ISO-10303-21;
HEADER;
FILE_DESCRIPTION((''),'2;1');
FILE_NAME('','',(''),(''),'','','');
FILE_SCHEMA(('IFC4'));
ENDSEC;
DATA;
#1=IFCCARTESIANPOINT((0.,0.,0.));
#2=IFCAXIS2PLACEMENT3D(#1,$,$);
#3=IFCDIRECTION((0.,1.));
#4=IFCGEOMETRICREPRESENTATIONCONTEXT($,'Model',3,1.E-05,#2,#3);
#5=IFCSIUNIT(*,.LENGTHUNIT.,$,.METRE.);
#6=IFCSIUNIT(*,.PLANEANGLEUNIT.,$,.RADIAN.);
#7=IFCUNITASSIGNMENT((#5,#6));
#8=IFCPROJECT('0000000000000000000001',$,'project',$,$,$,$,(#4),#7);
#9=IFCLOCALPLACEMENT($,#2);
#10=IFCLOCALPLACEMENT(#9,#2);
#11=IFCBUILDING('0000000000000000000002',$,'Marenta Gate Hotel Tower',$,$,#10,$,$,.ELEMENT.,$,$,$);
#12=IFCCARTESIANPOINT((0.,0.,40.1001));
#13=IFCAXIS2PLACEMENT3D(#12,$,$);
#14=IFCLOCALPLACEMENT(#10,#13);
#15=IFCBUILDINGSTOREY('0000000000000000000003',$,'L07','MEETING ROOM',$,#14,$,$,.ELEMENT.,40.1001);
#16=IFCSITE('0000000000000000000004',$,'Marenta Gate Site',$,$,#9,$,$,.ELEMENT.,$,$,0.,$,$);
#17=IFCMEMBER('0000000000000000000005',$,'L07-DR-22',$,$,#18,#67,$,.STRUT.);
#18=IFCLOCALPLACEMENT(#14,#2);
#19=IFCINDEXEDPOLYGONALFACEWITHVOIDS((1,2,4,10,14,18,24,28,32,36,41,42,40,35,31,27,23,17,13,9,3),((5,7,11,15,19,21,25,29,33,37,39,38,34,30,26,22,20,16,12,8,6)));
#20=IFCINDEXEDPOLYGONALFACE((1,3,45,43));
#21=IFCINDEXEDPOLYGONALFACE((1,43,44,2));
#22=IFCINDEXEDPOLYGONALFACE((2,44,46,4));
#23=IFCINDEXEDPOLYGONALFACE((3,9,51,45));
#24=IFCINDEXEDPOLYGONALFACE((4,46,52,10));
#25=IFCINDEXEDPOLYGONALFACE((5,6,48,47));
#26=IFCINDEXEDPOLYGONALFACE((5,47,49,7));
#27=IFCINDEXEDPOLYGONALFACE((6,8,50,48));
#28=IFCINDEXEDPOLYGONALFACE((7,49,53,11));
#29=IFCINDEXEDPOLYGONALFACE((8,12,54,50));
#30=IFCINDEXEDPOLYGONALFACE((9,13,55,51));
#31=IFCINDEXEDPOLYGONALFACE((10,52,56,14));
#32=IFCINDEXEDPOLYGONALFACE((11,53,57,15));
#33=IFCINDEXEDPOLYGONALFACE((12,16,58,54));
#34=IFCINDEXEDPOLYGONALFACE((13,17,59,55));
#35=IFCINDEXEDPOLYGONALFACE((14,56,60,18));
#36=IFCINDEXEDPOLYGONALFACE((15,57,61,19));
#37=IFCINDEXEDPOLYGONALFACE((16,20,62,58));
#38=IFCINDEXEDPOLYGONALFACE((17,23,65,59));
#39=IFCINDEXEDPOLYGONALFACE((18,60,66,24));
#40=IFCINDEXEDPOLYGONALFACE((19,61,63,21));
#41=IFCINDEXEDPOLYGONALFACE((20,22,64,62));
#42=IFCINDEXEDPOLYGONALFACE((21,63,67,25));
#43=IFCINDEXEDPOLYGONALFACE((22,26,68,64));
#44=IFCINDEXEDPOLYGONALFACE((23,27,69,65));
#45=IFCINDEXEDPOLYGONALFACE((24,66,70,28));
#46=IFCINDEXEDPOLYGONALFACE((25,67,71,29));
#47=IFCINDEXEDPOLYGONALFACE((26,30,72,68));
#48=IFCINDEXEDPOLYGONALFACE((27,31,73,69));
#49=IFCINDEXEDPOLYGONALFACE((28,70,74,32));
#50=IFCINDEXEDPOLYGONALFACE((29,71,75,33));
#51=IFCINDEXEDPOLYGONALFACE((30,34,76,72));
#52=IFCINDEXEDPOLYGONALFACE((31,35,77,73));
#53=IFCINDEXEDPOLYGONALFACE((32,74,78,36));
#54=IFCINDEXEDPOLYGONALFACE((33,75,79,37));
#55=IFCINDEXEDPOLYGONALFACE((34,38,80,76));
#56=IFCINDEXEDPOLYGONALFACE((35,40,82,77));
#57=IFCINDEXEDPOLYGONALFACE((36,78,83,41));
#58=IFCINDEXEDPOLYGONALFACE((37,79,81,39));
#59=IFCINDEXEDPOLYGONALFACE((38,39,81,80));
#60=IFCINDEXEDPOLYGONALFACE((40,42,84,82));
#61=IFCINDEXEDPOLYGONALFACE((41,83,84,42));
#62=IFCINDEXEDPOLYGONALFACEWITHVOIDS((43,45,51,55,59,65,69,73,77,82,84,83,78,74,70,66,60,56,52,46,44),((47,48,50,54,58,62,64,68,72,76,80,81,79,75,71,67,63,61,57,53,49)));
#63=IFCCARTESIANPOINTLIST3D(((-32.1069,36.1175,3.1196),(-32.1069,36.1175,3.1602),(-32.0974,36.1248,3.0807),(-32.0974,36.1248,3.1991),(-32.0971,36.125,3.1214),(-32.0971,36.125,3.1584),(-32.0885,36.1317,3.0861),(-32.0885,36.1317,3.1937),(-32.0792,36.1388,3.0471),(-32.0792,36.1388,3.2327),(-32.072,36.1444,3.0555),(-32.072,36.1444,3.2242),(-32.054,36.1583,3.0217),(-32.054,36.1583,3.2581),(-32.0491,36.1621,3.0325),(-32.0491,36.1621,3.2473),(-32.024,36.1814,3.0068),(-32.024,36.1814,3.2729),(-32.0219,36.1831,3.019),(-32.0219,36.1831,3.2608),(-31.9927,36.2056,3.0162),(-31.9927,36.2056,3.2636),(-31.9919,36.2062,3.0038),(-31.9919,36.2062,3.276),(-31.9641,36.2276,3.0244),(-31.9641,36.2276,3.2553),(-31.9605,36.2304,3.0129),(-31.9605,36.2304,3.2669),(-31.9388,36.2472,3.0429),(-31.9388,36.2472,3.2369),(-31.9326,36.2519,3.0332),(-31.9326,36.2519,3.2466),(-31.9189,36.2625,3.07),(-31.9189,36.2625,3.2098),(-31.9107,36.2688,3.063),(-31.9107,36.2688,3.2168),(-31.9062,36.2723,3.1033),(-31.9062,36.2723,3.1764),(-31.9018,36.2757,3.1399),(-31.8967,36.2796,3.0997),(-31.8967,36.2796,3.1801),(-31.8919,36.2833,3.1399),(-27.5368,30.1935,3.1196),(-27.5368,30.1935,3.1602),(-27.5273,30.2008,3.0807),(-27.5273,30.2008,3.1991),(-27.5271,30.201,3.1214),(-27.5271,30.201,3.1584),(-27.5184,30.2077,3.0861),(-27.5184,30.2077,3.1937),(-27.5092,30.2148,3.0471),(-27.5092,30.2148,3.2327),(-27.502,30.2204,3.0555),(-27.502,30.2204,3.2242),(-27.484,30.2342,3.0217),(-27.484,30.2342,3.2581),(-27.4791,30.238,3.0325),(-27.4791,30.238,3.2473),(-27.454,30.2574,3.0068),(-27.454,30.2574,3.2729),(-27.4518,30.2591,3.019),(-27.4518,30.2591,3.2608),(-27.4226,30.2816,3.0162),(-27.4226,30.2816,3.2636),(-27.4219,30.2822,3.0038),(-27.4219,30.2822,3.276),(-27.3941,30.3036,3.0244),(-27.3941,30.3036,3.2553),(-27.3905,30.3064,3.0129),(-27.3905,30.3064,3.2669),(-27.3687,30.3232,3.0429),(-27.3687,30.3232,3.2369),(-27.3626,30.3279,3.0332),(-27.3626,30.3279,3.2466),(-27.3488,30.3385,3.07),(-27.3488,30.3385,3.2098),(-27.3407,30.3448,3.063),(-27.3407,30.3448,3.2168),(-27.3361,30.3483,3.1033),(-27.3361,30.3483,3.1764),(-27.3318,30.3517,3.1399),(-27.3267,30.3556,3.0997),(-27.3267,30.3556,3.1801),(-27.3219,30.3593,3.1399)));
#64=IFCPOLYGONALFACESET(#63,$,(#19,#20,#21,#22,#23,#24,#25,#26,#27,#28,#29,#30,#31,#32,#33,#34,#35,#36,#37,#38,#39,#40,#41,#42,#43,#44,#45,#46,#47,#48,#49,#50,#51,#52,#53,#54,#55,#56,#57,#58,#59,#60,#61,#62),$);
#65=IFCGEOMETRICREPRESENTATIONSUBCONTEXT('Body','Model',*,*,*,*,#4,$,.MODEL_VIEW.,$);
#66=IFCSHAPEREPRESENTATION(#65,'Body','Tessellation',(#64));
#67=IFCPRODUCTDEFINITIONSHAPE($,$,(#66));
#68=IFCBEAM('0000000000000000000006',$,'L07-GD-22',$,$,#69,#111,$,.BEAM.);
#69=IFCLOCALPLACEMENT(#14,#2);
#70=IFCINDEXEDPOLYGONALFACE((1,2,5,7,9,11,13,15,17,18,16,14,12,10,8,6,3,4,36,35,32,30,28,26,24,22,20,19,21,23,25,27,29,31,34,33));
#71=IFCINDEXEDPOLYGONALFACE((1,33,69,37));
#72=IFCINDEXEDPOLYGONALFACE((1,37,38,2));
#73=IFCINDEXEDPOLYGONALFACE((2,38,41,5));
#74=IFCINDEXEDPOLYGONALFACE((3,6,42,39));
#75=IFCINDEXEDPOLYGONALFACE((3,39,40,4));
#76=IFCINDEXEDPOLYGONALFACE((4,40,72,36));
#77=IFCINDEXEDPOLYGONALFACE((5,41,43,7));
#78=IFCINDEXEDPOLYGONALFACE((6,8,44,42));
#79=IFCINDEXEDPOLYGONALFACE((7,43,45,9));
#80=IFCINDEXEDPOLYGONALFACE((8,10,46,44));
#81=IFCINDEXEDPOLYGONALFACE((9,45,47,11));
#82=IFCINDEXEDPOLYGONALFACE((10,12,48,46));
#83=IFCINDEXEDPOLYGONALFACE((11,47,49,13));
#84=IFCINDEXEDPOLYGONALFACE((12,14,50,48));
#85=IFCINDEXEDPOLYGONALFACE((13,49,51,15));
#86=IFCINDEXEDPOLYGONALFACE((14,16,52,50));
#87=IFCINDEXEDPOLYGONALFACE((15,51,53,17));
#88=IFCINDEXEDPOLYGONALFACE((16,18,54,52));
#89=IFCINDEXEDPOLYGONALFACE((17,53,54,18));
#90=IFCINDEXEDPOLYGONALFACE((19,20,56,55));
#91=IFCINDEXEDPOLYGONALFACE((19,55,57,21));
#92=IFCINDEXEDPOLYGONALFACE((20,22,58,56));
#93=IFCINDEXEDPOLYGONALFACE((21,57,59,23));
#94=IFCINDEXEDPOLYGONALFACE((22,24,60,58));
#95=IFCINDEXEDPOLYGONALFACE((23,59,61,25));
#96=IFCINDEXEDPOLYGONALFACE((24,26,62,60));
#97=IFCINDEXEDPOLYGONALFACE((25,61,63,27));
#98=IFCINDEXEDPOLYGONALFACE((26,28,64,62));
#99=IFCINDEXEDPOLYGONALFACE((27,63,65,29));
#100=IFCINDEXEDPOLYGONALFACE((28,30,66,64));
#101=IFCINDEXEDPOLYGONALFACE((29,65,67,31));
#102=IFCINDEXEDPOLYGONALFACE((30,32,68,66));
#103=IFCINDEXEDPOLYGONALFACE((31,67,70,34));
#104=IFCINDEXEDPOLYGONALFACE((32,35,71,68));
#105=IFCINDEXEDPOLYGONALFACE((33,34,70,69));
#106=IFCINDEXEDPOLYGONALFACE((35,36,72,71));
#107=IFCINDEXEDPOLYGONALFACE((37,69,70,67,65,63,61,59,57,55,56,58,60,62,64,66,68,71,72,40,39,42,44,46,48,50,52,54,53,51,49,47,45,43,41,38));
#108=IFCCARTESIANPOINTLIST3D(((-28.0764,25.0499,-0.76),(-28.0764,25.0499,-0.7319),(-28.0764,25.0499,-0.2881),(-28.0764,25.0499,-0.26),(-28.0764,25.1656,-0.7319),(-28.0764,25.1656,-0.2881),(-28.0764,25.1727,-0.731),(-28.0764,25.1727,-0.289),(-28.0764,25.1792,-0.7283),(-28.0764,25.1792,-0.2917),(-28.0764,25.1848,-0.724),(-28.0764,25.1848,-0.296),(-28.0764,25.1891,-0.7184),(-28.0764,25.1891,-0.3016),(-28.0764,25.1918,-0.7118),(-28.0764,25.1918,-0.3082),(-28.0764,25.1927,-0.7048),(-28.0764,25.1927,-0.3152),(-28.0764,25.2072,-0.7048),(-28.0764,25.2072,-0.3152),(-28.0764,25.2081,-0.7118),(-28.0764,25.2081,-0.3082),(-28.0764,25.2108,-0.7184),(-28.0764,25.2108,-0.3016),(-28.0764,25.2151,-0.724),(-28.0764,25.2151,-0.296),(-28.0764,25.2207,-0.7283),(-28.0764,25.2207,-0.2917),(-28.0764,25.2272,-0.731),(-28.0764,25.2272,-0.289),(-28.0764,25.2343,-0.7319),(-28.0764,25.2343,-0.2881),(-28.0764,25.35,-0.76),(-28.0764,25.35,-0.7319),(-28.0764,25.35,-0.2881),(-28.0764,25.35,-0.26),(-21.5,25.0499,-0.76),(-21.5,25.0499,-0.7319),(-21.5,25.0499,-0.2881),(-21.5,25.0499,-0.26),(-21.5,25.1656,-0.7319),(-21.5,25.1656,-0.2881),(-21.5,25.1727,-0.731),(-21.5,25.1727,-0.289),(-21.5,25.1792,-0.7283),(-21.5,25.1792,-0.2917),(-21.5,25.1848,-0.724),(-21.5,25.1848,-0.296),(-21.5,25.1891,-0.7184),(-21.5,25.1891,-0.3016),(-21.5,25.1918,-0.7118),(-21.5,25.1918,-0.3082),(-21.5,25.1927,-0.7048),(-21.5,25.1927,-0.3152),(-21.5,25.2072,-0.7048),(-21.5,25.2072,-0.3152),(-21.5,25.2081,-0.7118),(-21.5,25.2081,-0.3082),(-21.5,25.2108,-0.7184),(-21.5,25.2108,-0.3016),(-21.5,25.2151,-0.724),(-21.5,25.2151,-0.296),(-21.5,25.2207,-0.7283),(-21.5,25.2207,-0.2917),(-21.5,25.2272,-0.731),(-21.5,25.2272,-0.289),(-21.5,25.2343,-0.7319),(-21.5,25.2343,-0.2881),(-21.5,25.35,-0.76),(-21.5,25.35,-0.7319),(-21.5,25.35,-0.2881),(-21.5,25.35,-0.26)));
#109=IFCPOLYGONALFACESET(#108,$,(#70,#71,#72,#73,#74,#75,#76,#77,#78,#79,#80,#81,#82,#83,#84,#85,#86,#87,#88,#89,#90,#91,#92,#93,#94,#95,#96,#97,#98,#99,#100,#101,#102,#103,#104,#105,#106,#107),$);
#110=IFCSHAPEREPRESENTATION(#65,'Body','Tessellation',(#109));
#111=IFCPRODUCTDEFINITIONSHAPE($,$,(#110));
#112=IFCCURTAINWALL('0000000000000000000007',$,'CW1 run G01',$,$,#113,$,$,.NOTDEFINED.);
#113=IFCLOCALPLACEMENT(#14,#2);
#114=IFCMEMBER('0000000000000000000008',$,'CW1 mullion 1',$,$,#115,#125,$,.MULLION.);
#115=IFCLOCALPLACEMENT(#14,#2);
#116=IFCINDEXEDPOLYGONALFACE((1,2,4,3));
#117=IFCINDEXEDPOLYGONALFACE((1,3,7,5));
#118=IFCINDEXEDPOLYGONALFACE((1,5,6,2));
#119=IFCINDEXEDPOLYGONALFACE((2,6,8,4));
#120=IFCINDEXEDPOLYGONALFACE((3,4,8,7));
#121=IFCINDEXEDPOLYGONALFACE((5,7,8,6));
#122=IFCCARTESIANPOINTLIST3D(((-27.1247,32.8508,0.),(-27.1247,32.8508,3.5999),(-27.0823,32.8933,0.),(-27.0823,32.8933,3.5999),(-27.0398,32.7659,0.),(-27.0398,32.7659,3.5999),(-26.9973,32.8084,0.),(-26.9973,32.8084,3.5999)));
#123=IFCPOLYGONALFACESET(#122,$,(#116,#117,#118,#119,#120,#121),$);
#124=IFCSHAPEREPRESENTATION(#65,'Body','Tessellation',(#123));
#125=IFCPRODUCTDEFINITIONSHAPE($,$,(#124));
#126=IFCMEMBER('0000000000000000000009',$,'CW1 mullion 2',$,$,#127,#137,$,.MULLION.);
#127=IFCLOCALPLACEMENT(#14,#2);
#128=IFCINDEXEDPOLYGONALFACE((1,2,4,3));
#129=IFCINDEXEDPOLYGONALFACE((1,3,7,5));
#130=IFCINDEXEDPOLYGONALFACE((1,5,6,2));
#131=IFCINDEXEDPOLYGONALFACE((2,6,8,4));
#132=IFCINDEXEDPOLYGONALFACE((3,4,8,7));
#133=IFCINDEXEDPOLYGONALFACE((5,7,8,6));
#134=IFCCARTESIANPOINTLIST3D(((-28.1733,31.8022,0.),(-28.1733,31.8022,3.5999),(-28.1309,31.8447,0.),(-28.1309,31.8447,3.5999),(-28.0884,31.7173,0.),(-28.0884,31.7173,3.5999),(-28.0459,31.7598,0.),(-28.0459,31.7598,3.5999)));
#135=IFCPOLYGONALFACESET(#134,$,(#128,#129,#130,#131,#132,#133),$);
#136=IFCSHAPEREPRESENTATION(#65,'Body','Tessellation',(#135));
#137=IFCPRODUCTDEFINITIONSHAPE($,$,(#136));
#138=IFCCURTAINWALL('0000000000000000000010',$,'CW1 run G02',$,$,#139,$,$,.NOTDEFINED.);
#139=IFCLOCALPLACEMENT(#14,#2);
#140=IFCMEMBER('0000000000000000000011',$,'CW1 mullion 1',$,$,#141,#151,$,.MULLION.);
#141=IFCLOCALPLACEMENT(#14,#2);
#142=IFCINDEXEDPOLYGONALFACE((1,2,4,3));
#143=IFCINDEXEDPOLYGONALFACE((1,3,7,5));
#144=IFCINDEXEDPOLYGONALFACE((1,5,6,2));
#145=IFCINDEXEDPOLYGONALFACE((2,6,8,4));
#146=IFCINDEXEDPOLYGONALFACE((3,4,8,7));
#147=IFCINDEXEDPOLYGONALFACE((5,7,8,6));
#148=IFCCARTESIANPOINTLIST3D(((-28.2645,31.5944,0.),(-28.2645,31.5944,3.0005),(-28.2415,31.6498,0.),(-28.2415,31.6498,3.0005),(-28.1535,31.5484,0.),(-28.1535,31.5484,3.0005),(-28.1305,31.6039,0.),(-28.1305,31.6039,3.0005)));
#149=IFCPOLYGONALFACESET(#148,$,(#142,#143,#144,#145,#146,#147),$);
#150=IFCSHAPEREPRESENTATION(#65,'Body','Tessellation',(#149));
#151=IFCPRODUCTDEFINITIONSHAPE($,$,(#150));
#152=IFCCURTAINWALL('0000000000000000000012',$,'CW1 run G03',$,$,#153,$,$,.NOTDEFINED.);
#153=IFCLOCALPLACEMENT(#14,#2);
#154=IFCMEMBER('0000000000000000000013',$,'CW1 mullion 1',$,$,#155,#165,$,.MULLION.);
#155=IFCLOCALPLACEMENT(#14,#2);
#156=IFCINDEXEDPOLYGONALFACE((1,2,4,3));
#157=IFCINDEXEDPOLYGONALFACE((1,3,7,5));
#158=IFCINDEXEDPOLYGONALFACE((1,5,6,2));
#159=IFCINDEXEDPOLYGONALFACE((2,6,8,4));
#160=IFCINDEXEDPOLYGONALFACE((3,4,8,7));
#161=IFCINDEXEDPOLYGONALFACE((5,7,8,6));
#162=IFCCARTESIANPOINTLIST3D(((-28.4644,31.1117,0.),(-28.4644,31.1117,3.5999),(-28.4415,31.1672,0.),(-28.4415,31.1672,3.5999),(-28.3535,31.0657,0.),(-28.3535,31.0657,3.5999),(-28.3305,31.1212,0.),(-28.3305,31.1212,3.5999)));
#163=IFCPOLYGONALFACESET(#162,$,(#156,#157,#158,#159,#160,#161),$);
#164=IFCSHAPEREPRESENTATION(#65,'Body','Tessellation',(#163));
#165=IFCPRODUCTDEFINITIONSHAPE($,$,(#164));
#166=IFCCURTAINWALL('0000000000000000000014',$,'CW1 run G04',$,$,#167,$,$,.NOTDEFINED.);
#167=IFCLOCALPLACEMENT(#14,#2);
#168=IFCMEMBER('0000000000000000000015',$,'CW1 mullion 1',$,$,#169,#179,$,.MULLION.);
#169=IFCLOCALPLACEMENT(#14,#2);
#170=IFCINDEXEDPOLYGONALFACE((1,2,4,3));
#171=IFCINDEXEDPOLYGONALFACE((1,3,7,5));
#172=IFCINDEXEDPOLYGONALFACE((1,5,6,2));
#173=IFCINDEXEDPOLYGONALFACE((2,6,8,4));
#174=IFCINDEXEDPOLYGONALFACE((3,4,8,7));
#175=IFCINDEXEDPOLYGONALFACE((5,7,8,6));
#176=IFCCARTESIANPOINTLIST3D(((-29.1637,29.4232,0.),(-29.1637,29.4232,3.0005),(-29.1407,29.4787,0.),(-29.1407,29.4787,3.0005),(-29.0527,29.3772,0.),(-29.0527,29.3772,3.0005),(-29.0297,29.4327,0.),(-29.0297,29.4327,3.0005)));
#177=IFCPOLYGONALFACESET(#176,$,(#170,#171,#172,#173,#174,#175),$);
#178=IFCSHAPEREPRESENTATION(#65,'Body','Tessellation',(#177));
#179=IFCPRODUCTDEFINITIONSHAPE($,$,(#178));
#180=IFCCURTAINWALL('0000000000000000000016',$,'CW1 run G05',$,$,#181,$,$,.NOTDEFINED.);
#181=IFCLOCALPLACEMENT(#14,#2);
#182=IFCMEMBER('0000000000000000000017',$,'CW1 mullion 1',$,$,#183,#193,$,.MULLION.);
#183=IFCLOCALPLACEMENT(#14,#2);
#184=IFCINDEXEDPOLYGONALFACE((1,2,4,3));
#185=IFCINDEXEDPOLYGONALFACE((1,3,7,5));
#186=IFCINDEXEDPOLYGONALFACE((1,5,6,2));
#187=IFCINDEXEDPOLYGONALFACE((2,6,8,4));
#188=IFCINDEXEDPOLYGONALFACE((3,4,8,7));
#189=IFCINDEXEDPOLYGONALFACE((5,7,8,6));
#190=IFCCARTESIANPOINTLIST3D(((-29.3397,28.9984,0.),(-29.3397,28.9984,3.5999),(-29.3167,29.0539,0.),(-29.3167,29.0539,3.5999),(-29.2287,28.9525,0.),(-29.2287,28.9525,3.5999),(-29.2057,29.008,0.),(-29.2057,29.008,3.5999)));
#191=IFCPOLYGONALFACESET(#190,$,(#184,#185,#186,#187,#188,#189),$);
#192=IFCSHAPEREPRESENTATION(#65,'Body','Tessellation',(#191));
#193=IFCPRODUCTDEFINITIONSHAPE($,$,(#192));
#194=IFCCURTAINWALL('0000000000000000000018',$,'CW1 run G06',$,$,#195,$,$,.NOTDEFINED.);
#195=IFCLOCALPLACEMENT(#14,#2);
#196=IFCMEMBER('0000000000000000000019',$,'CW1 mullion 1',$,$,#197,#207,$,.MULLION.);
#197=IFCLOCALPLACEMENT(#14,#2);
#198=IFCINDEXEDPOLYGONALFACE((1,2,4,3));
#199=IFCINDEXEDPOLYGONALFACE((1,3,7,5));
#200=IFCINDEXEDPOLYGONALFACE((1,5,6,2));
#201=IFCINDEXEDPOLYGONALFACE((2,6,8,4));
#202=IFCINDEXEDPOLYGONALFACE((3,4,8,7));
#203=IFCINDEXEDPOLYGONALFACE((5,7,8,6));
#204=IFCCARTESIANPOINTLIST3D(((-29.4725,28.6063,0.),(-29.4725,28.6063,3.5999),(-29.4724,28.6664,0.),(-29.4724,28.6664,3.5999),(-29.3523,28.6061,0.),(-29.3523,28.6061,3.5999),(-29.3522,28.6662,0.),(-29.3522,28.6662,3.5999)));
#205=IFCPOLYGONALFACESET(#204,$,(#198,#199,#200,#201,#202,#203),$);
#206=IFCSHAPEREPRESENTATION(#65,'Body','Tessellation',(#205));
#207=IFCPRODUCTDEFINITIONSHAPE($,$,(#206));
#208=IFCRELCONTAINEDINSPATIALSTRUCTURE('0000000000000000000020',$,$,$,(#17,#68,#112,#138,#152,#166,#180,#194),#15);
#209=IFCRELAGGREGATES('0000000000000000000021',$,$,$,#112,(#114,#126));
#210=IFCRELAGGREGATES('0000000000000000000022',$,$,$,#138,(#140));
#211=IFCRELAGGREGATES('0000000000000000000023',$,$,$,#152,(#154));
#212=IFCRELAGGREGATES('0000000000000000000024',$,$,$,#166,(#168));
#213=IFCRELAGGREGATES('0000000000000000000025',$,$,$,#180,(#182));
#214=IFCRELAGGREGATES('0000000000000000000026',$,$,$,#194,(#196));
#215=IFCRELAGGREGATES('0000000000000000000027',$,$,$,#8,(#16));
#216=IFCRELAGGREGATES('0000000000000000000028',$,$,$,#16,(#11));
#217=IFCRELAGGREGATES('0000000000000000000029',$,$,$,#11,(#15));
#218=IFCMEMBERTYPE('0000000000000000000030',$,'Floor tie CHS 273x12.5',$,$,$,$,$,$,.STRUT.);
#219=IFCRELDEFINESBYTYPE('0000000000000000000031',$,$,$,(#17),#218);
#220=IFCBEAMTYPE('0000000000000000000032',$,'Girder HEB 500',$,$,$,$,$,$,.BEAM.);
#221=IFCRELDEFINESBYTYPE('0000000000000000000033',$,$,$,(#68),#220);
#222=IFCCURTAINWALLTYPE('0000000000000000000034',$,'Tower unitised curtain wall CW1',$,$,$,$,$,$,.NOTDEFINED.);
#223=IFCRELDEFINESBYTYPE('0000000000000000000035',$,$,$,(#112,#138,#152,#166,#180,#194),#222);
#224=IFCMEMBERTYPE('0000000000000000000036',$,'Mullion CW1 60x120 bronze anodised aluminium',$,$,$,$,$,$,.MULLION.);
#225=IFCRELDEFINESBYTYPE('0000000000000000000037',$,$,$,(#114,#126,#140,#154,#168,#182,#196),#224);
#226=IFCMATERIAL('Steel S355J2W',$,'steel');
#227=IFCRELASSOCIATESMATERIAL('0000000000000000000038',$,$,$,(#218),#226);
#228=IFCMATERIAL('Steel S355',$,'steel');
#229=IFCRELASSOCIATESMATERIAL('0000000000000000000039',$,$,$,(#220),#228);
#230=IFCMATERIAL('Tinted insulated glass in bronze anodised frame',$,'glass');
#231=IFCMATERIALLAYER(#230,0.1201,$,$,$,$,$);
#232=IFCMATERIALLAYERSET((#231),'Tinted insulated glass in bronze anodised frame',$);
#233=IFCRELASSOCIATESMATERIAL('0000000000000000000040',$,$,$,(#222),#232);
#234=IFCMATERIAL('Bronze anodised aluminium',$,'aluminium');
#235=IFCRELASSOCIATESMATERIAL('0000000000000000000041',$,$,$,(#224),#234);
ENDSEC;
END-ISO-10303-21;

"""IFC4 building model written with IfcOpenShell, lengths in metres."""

from ifc_helpers import new_model, si_unit, direction, frame, origin, origin_2d, place, context, subcontext, project, spatial, rectangle, hollow_circle, i_section, extrude, material, layer, layer_set, material_profile, profile_set, type_object, element, aggregate, save


model = new_model("IFC4")

# Units and contexts
model_context = context("Model", 3, precision=1e-05, world=origin(), true_north=direction((0.0, 1.0)))
body_context = subcontext(model_context, "Body", "Model", "MODEL_VIEW")
ifc_project = project(units=[si_unit("LENGTHUNIT", "METRE"), si_unit("PLANEANGLEUNIT", "RADIAN")], contexts=[model_context])

# Site, building, storey
site_placement = place(None, origin())
site = spatial("IfcSite", under=ifc_project, at=site_placement, Name="Marenta Gate Site", CompositionType="ELEMENT", RefElevation=0.0)
building_placement = place(site_placement, origin())
building = spatial("IfcBuilding", under=site, at=building_placement, Name="Marenta Gate Hotel Tower", CompositionType="ELEMENT")
storey_placement = place(building_placement, frame((0.0, 0.0, 40.1001)))
storey = spatial("IfcBuildingStorey", under=building, at=storey_placement, Name="L07", Description="MEETING ROOM", CompositionType="ELEMENT", Elevation=40.1001)

# Member
ifc_material_1 = material(Name="Steel S355J2W", Category="steel")
ifc_material_profile_1 = material_profile(ifc_material_1, hollow_circle(Radius=0.1365, WallThickness=0.0125, at=origin_2d()), Name="CHS 273x12.5")
ifc_profile_set_1 = profile_set([ifc_material_profile_1], Name="Steel S355J2W")
member_type_1 = type_object("IfcMemberType", Name="Floor tie CHS 273x12.5", PredefinedType="STRUT", material=ifc_profile_set_1)
member_1_placement = place(storey_placement, frame((-32.0, 36.2, 3.1399), z_axis=(0.610809, -0.791778, 0.0), x_axis=(0.791778, 0.610809, 0.0)))
element("IfcMember", 1, at=member_1_placement, inside=storey, type_object=member_type_1, Name="L07-DR-22", PredefinedType="STRUT", context=body_context, shape_type="SweptSolid", body=[
    extrude(hollow_circle(Radius=0.1365, WallThickness=0.0125, at=origin_2d()), origin(), (0.0, 0.0, 1.0), 7.4819),
])

# Beam
ifc_material_2 = material(Name="Steel S355", Category="steel")
ifc_material_profile_2 = material_profile(ifc_material_2, i_section(OverallWidth=0.3, OverallDepth=0.5, WebThickness=0.0144, FlangeThickness=0.0281, FilletRadius=0.0271, at=origin_2d()), Name="HEB 500")
ifc_profile_set_2 = profile_set([ifc_material_profile_2], Name="Steel S355")
beam_type_1 = type_object("IfcBeamType", Name="Girder HEB 500", PredefinedType="BEAM", material=ifc_profile_set_2)
beam_1_placement = place(storey_placement, frame((-28.0764, 25.2, -0.51), z_axis=(1.0, 0.0, 0.0), x_axis=(0.0, 1.0, 0.0)))
element("IfcBeam", 2, at=beam_1_placement, inside=storey, type_object=beam_type_1, Name="L07-GD-22", PredefinedType="BEAM", context=body_context, shape_type="SweptSolid", body=[
    extrude(i_section(OverallWidth=0.3, OverallDepth=0.5, WebThickness=0.0144, FlangeThickness=0.0281, FilletRadius=0.0271, at=origin_2d()), origin(), (0.0, 0.0, 1.0), 6.5764),
])

# Curtain wall, members
ifc_material_3 = material(Name="Tinted insulated glass in bronze anodised frame", Category="glass")
ifc_layer_1 = layer(ifc_material_3, 0.1201)
ifc_layer_set_1 = layer_set([ifc_layer_1], Name="Tinted insulated glass in bronze anodised frame")
curtain_wall_type = type_object("IfcCurtainWallType", Name="Tower unitised curtain wall CW1", PredefinedType="NOTDEFINED", material=ifc_layer_set_1)
curtain_wall_1_placement = place(storey_placement, origin())
curtain_wall_1 = element("IfcCurtainWall", 3, at=curtain_wall_1_placement, inside=storey, type_object=curtain_wall_type, Name="CW1 run G01", PredefinedType="NOTDEFINED")
ifc_material_4 = material(Name="Bronze anodised aluminium", Category="aluminium")
ifc_material_profile_3 = material_profile(ifc_material_4, rectangle(XDim=0.1201, YDim=0.0601, at=origin_2d()), Name="Mullion CW1 60x120 bronze anodised aluminium")
ifc_profile_set_3 = profile_set([ifc_material_profile_3], Name="Bronze anodised aluminium")
member_type_2 = type_object("IfcMemberType", Name="Mullion CW1 60x120 bronze anodised aluminium", PredefinedType="MULLION", material=ifc_profile_set_3)
member_2_placement = place(storey_placement, frame((-27.061, 32.8296, 0.0), z_axis=(0.0, 0.0, 1.0), x_axis=(0.707107, -0.707107, 0.0)))
member_2 = element("IfcMember", 4, at=member_2_placement, type_object=member_type_2, Name="CW1 mullion 1", PredefinedType="MULLION", context=body_context, shape_type="SweptSolid", body=[
    extrude(rectangle(XDim=0.1201, YDim=0.0601, at=origin_2d()), origin(), (0.0, 0.0, 1.0), 3.5999),
])
member_3_placement = place(storey_placement, frame((-28.1096, 31.781, 0.0), z_axis=(0.0, 0.0, 1.0), x_axis=(0.707107, -0.707107, 0.0)))
member_3 = element("IfcMember", 5, at=member_3_placement, type_object=member_type_2, Name="CW1 mullion 2", PredefinedType="MULLION", context=body_context, shape_type="SweptSolid", body=[
    extrude(rectangle(XDim=0.1201, YDim=0.0601, at=origin_2d()), origin(), (0.0, 0.0, 1.0), 3.5999),
])

# Curtain walls, members
curtain_wall_2_placement = place(storey_placement, origin())
curtain_wall_2 = element("IfcCurtainWall", 6, at=curtain_wall_2_placement, inside=storey, type_object=curtain_wall_type, Name="CW1 run G02", PredefinedType="NOTDEFINED")
member_4_placement = place(storey_placement, frame((-28.1975, 31.5991, 0.0), z_axis=(0.0, 0.0, 1.0), x_axis=(0.923879, -0.382684, 0.0)))
member_4 = element("IfcMember", 7, at=member_4_placement, type_object=member_type_2, Name="CW1 mullion 1", PredefinedType="MULLION", context=body_context, shape_type="SweptSolid", body=[
    extrude(rectangle(XDim=0.1201, YDim=0.0601, at=origin_2d()), origin(), (0.0, 0.0, 1.0), 3.0005),
])
curtain_wall_3_placement = place(storey_placement, origin())
curtain_wall_3 = element("IfcCurtainWall", 8, at=curtain_wall_3_placement, inside=storey, type_object=curtain_wall_type, Name="CW1 run G03", PredefinedType="NOTDEFINED")
member_5_placement = place(storey_placement, frame((-28.3975, 31.1165, 0.0), z_axis=(0.0, 0.0, 1.0), x_axis=(0.923879, -0.382684, 0.0)))
member_5 = element("IfcMember", 9, at=member_5_placement, type_object=member_type_2, Name="CW1 mullion 1", PredefinedType="MULLION", context=body_context, shape_type="SweptSolid", body=[
    extrude(rectangle(XDim=0.1201, YDim=0.0601, at=origin_2d()), origin(), (0.0, 0.0, 1.0), 3.5999),
])
curtain_wall_4_placement = place(storey_placement, origin())
curtain_wall_4 = element("IfcCurtainWall", 10, at=curtain_wall_4_placement, inside=storey, type_object=curtain_wall_type, Name="CW1 run G04", PredefinedType="NOTDEFINED")
member_6_placement = place(storey_placement, frame((-29.0967, 29.428, 0.0), z_axis=(0.0, 0.0, 1.0), x_axis=(0.923815, -0.382838, 0.0)))
member_6 = element("IfcMember", 11, at=member_6_placement, type_object=member_type_2, Name="CW1 mullion 1", PredefinedType="MULLION", context=body_context, shape_type="SweptSolid", body=[
    extrude(rectangle(XDim=0.1201, YDim=0.0601, at=origin_2d()), origin(), (0.0, 0.0, 1.0), 3.0005),
])
curtain_wall_5_placement = place(storey_placement, origin())
curtain_wall_5 = element("IfcCurtainWall", 12, at=curtain_wall_5_placement, inside=storey, type_object=curtain_wall_type, Name="CW1 run G05", PredefinedType="NOTDEFINED")
member_7_placement = place(storey_placement, frame((-29.2727, 29.0032, 0.0), z_axis=(0.0, 0.0, 1.0), x_axis=(0.923974, -0.382456, 0.0)))
member_7 = element("IfcMember", 13, at=member_7_placement, type_object=member_type_2, Name="CW1 mullion 1", PredefinedType="MULLION", context=body_context, shape_type="SweptSolid", body=[
    extrude(rectangle(XDim=0.1201, YDim=0.0601, at=origin_2d()), origin(), (0.0, 0.0, 1.0), 3.5999),
])

# Curtain wall, member
curtain_wall_6_placement = place(storey_placement, origin())
curtain_wall_6 = element("IfcCurtainWall", 14, at=curtain_wall_6_placement, inside=storey, type_object=curtain_wall_type, Name="CW1 run G06", PredefinedType="NOTDEFINED")
member_8_placement = place(storey_placement, frame((-29.4124, 28.6362, 0.0), z_axis=(0.0, 0.0, 1.0), x_axis=(0.999999, -0.00157, 0.0)))
member_8 = element("IfcMember", 15, at=member_8_placement, type_object=member_type_2, Name="CW1 mullion 1", PredefinedType="MULLION", context=body_context, shape_type="SweptSolid", body=[
    extrude(rectangle(XDim=0.1201, YDim=0.0601, at=origin_2d()), origin(), (0.0, 0.0, 1.0), 3.5999),
])

aggregate(curtain_wall_1, [member_2, member_3])
aggregate(curtain_wall_2, [member_4])
aggregate(curtain_wall_3, [member_5])
aggregate(curtain_wall_4, [member_6])
aggregate(curtain_wall_5, [member_7])
aggregate(curtain_wall_6, [member_8])

save(model, "model.ifc")
